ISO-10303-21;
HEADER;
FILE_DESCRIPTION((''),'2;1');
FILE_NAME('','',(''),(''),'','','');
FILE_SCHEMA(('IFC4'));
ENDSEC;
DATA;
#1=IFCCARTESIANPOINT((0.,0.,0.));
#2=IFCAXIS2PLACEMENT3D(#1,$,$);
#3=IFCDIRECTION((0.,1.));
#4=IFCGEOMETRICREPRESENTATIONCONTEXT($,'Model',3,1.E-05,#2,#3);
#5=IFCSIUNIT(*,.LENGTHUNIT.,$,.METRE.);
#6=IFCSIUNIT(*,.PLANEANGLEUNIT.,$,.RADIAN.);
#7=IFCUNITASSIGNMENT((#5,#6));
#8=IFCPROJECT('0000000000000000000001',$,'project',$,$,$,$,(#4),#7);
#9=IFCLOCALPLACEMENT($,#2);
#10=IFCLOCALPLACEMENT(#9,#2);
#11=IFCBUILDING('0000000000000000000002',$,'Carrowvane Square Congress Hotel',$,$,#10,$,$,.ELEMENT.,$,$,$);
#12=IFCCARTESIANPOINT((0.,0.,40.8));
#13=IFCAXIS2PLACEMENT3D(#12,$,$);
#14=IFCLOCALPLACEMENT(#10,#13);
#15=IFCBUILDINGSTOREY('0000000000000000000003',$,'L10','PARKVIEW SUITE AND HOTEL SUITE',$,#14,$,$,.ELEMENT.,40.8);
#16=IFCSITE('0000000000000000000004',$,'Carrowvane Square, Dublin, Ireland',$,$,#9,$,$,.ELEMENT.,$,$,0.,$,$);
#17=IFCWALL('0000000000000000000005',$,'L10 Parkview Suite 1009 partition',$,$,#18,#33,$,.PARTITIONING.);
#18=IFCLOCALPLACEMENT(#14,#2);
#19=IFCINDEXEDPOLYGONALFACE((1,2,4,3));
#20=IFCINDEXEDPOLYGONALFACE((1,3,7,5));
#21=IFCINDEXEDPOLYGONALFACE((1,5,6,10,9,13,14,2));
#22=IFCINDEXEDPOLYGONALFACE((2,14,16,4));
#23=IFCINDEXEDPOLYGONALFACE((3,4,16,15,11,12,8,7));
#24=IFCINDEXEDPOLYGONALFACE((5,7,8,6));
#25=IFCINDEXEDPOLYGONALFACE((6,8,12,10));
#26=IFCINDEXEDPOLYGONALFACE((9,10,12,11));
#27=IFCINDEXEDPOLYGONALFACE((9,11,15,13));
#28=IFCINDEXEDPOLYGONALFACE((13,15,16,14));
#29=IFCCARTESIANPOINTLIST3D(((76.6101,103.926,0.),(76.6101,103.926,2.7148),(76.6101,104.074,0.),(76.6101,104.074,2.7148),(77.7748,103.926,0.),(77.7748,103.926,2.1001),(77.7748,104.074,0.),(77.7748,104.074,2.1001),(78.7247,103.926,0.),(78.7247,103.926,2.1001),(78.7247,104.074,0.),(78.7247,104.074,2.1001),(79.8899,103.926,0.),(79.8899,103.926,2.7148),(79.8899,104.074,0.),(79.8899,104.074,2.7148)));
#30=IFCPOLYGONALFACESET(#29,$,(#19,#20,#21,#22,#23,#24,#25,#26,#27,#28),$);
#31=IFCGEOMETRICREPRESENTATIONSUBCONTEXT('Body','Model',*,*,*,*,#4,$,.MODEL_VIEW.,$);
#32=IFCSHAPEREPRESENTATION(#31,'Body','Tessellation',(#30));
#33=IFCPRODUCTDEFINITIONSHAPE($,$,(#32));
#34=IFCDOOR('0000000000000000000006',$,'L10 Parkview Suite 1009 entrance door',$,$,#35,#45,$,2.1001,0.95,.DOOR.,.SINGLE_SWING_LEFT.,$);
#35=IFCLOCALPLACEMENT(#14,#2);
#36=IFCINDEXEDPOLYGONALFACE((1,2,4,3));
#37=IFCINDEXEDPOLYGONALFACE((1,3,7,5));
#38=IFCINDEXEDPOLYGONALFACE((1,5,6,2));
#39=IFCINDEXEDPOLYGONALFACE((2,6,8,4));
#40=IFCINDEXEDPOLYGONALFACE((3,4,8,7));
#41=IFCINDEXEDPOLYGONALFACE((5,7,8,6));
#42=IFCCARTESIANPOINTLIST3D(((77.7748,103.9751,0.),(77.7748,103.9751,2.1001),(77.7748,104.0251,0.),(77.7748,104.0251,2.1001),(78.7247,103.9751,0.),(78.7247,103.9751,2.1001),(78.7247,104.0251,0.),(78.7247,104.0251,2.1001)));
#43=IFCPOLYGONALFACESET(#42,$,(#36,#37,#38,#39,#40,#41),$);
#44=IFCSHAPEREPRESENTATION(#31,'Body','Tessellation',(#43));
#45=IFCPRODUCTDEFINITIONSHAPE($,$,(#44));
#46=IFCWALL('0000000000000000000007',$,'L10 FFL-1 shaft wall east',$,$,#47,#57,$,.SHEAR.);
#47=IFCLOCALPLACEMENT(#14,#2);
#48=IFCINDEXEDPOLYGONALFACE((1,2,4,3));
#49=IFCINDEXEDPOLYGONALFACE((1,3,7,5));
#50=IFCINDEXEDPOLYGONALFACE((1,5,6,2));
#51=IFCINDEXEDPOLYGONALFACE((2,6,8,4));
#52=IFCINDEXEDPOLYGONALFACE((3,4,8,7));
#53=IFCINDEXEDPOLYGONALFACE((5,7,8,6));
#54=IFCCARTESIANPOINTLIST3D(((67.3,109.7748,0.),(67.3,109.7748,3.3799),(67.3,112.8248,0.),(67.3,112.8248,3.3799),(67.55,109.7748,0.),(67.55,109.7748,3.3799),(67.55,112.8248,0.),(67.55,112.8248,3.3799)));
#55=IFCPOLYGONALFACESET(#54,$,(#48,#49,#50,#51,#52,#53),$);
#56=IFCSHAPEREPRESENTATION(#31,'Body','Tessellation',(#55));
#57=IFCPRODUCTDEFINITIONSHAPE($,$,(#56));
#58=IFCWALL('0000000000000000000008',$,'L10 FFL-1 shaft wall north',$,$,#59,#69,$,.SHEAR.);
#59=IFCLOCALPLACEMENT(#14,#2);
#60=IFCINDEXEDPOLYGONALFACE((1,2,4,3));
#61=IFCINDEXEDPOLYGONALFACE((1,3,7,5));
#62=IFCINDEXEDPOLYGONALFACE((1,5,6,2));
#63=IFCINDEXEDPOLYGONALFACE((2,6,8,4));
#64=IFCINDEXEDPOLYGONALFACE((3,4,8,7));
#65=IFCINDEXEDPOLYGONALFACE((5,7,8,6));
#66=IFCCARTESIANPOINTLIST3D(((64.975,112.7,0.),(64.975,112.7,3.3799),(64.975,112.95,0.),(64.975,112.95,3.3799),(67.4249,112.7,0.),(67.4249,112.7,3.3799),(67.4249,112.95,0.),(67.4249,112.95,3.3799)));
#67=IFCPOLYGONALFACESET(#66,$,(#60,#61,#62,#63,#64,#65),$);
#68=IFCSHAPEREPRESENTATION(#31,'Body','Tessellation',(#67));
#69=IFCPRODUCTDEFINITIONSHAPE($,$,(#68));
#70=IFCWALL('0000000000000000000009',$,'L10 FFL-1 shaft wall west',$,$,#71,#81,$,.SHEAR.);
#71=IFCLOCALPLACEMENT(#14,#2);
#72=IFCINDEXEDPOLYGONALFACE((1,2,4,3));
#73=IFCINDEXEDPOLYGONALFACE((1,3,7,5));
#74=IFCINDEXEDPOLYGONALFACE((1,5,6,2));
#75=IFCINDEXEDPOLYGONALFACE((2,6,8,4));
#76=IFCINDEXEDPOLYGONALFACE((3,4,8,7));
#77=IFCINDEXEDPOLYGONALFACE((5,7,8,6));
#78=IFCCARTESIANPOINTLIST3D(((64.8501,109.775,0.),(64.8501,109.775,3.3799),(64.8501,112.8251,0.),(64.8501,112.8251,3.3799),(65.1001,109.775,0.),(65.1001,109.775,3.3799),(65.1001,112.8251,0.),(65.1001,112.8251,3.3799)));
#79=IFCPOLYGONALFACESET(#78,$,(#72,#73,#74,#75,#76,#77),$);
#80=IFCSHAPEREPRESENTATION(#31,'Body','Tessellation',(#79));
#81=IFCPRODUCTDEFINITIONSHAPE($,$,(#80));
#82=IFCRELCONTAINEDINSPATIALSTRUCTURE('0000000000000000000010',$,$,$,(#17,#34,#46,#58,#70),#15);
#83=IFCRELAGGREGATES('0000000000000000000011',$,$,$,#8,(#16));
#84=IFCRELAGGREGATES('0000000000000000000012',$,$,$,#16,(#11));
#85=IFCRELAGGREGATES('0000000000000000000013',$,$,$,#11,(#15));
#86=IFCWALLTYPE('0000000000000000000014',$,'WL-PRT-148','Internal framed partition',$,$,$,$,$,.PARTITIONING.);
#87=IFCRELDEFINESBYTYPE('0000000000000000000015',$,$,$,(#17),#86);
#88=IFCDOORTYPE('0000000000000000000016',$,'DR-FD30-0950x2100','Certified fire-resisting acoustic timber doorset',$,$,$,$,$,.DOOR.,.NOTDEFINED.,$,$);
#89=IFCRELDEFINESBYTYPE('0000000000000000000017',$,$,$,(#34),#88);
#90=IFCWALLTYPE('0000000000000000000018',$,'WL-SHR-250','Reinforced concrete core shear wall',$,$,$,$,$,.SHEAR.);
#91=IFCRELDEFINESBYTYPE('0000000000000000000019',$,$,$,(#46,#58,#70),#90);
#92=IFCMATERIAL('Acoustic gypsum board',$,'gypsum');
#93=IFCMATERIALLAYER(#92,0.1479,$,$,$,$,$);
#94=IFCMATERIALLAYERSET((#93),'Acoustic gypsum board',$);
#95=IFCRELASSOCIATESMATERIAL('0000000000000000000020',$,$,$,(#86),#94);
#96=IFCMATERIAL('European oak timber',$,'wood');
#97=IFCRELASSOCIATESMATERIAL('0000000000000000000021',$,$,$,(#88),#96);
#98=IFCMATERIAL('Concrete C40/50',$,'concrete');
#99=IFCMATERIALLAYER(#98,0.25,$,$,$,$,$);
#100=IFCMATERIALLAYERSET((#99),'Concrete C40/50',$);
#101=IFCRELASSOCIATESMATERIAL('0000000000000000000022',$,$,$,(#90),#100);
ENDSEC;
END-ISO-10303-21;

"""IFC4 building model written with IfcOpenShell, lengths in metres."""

from ifc_helpers import new_model, si_unit, direction, frame, frame_2d, origin, place, context, subcontext, project, spatial, rectangle, extrude, material, layer, layer_set, type_object, element, fill, save


model = new_model("IFC4")

# Units and contexts
model_context = context("Model", 3, precision=1e-05, world=origin(), true_north=direction((0.0, 1.0)))
body_context = subcontext(model_context, "Body", "Model", "MODEL_VIEW")
ifc_project = project(units=[si_unit("LENGTHUNIT", "METRE"), si_unit("PLANEANGLEUNIT", "RADIAN")], contexts=[model_context])

# Site, building, storey
site_placement = place(None, origin())
site = spatial("IfcSite", under=ifc_project, at=site_placement, Name="Carrowvane Square, Dublin, Ireland", CompositionType="ELEMENT", RefElevation=0.0)
building_placement = place(site_placement, origin())
building = spatial("IfcBuilding", under=site, at=building_placement, Name="Carrowvane Square Congress Hotel", CompositionType="ELEMENT")
storey_placement = place(building_placement, frame((0.0, 0.0, 40.8)))
storey = spatial("IfcBuildingStorey", under=building, at=storey_placement, Name="L10", Description="PARKVIEW SUITE AND HOTEL SUITE", CompositionType="ELEMENT", Elevation=40.8)

# Wall, opening, door
ifc_material_1 = material(Name="Acoustic gypsum board", Category="gypsum")
ifc_layer_1 = layer(ifc_material_1, 0.1479)
ifc_layer_set_1 = layer_set([ifc_layer_1], Name="Acoustic gypsum board")
wall_type_1 = type_object("IfcWallType", Name="WL-PRT-148", Description="Internal framed partition", PredefinedType="PARTITIONING", material=ifc_layer_set_1)
wall_1_placement = place(storey_placement, frame((79.8899, 104.0, 0.0), z_axis=(0.0, 0.0, 1.0), x_axis=(-1.0, 0.0, 0.0)))
wall_1 = element("IfcWall", 1, at=wall_1_placement, inside=storey, type_object=wall_type_1, Name="L10 Parkview Suite 1009 partition", PredefinedType="PARTITIONING", context=body_context, shape_type="SweptSolid", body=[
    extrude(rectangle(XDim=3.2798, YDim=0.1479, at=frame_2d((1.6399, 0.0))), origin(), (0.0, 0.0, 1.0), 2.7148),
])
opening_1_placement = place(wall_1_placement, frame((1.165, 0.0, 0.0)))
opening_1 = element("IfcOpeningElement", 2, at=opening_1_placement, cuts=wall_1, PredefinedType="OPENING", context=body_context, shape_type="SweptSolid", body=[
    extrude(rectangle(XDim=0.95, YDim=2.1001, at=frame_2d((0.4751, 1.05))), frame((0.0, 0.084, 0.0), z_axis=(0.0, -1.0, 0.0), x_axis=(1.0, 0.0, 0.0)), (0.0, 0.0, 1.0), 0.168),
])
ifc_material_2 = material(Name="European oak timber", Category="wood")
door_type_1 = type_object("IfcDoorType", Name="DR-FD30-0950x2100", Description="Certified fire-resisting acoustic timber doorset", OperationType="NOTDEFINED", PredefinedType="DOOR", material=ifc_material_2)
door_1_placement = place(opening_1_placement, origin())
door_1 = element("IfcDoor", 3, at=door_1_placement, inside=storey, type_object=door_type_1, Name="L10 Parkview Suite 1009 entrance door", OperationType="SINGLE_SWING_LEFT", OverallHeight=2.1001, OverallWidth=0.95, PredefinedType="DOOR", context=body_context, shape_type="SweptSolid", body=[
    extrude(rectangle(XDim=0.95, YDim=2.1001, at=frame_2d((0.4751, 1.05))), frame((0.0, 0.0249, 0.0), z_axis=(0.0, -1.0, 0.0), x_axis=(1.0, 0.0, 0.0)), (0.0, 0.0, 1.0), 0.05),
])
fill(opening_1, door_1)
ifc_material_3 = material(Name="Concrete C40/50", Category="concrete")
ifc_layer_2 = layer(ifc_material_3, 0.25)
ifc_layer_set_2 = layer_set([ifc_layer_2], Name="Concrete C40/50")
wall_type_2 = type_object("IfcWallType", Name="WL-SHR-250", Description="Reinforced concrete core shear wall", PredefinedType="SHEAR", material=ifc_layer_set_2)

# Walls
wall_2_placement = place(storey_placement, frame((67.425, 109.7749, 0.0), z_axis=(0.0, 0.0, 1.0), x_axis=(0.0, 1.0, 0.0)))
element("IfcWall", 4, at=wall_2_placement, inside=storey, type_object=wall_type_2, Name="L10 FFL-1 shaft wall east", PredefinedType="SHEAR", context=body_context, shape_type="SweptSolid", body=[
    extrude(rectangle(XDim=3.05, YDim=0.25, at=frame_2d((1.5249, 0.0))), origin(), (0.0, 0.0, 1.0), 3.3799),
])
wall_3_placement = place(storey_placement, frame((67.425, 112.825, 0.0), z_axis=(0.0, 0.0, 1.0), x_axis=(-1.0, 0.0, 0.0)))
element("IfcWall", 5, at=wall_3_placement, inside=storey, type_object=wall_type_2, Name="L10 FFL-1 shaft wall north", PredefinedType="SHEAR", context=body_context, shape_type="SweptSolid", body=[
    extrude(rectangle(XDim=2.45, YDim=0.25, at=frame_2d((1.2251, 0.0))), origin(), (0.0, 0.0, 1.0), 3.3799),
])
wall_4_placement = place(storey_placement, frame((64.9751, 112.825, 0.0), z_axis=(0.0, 0.0, 1.0), x_axis=(0.0, -1.0, 0.0)))
element("IfcWall", 6, at=wall_4_placement, inside=storey, type_object=wall_type_2, Name="L10 FFL-1 shaft wall west", PredefinedType="SHEAR", context=body_context, shape_type="SweptSolid", body=[
    extrude(rectangle(XDim=3.05, YDim=0.25, at=frame_2d((1.5249, 0.0))), origin(), (0.0, 0.0, 1.0), 3.3799),
])

save(model, "model.ifc")
